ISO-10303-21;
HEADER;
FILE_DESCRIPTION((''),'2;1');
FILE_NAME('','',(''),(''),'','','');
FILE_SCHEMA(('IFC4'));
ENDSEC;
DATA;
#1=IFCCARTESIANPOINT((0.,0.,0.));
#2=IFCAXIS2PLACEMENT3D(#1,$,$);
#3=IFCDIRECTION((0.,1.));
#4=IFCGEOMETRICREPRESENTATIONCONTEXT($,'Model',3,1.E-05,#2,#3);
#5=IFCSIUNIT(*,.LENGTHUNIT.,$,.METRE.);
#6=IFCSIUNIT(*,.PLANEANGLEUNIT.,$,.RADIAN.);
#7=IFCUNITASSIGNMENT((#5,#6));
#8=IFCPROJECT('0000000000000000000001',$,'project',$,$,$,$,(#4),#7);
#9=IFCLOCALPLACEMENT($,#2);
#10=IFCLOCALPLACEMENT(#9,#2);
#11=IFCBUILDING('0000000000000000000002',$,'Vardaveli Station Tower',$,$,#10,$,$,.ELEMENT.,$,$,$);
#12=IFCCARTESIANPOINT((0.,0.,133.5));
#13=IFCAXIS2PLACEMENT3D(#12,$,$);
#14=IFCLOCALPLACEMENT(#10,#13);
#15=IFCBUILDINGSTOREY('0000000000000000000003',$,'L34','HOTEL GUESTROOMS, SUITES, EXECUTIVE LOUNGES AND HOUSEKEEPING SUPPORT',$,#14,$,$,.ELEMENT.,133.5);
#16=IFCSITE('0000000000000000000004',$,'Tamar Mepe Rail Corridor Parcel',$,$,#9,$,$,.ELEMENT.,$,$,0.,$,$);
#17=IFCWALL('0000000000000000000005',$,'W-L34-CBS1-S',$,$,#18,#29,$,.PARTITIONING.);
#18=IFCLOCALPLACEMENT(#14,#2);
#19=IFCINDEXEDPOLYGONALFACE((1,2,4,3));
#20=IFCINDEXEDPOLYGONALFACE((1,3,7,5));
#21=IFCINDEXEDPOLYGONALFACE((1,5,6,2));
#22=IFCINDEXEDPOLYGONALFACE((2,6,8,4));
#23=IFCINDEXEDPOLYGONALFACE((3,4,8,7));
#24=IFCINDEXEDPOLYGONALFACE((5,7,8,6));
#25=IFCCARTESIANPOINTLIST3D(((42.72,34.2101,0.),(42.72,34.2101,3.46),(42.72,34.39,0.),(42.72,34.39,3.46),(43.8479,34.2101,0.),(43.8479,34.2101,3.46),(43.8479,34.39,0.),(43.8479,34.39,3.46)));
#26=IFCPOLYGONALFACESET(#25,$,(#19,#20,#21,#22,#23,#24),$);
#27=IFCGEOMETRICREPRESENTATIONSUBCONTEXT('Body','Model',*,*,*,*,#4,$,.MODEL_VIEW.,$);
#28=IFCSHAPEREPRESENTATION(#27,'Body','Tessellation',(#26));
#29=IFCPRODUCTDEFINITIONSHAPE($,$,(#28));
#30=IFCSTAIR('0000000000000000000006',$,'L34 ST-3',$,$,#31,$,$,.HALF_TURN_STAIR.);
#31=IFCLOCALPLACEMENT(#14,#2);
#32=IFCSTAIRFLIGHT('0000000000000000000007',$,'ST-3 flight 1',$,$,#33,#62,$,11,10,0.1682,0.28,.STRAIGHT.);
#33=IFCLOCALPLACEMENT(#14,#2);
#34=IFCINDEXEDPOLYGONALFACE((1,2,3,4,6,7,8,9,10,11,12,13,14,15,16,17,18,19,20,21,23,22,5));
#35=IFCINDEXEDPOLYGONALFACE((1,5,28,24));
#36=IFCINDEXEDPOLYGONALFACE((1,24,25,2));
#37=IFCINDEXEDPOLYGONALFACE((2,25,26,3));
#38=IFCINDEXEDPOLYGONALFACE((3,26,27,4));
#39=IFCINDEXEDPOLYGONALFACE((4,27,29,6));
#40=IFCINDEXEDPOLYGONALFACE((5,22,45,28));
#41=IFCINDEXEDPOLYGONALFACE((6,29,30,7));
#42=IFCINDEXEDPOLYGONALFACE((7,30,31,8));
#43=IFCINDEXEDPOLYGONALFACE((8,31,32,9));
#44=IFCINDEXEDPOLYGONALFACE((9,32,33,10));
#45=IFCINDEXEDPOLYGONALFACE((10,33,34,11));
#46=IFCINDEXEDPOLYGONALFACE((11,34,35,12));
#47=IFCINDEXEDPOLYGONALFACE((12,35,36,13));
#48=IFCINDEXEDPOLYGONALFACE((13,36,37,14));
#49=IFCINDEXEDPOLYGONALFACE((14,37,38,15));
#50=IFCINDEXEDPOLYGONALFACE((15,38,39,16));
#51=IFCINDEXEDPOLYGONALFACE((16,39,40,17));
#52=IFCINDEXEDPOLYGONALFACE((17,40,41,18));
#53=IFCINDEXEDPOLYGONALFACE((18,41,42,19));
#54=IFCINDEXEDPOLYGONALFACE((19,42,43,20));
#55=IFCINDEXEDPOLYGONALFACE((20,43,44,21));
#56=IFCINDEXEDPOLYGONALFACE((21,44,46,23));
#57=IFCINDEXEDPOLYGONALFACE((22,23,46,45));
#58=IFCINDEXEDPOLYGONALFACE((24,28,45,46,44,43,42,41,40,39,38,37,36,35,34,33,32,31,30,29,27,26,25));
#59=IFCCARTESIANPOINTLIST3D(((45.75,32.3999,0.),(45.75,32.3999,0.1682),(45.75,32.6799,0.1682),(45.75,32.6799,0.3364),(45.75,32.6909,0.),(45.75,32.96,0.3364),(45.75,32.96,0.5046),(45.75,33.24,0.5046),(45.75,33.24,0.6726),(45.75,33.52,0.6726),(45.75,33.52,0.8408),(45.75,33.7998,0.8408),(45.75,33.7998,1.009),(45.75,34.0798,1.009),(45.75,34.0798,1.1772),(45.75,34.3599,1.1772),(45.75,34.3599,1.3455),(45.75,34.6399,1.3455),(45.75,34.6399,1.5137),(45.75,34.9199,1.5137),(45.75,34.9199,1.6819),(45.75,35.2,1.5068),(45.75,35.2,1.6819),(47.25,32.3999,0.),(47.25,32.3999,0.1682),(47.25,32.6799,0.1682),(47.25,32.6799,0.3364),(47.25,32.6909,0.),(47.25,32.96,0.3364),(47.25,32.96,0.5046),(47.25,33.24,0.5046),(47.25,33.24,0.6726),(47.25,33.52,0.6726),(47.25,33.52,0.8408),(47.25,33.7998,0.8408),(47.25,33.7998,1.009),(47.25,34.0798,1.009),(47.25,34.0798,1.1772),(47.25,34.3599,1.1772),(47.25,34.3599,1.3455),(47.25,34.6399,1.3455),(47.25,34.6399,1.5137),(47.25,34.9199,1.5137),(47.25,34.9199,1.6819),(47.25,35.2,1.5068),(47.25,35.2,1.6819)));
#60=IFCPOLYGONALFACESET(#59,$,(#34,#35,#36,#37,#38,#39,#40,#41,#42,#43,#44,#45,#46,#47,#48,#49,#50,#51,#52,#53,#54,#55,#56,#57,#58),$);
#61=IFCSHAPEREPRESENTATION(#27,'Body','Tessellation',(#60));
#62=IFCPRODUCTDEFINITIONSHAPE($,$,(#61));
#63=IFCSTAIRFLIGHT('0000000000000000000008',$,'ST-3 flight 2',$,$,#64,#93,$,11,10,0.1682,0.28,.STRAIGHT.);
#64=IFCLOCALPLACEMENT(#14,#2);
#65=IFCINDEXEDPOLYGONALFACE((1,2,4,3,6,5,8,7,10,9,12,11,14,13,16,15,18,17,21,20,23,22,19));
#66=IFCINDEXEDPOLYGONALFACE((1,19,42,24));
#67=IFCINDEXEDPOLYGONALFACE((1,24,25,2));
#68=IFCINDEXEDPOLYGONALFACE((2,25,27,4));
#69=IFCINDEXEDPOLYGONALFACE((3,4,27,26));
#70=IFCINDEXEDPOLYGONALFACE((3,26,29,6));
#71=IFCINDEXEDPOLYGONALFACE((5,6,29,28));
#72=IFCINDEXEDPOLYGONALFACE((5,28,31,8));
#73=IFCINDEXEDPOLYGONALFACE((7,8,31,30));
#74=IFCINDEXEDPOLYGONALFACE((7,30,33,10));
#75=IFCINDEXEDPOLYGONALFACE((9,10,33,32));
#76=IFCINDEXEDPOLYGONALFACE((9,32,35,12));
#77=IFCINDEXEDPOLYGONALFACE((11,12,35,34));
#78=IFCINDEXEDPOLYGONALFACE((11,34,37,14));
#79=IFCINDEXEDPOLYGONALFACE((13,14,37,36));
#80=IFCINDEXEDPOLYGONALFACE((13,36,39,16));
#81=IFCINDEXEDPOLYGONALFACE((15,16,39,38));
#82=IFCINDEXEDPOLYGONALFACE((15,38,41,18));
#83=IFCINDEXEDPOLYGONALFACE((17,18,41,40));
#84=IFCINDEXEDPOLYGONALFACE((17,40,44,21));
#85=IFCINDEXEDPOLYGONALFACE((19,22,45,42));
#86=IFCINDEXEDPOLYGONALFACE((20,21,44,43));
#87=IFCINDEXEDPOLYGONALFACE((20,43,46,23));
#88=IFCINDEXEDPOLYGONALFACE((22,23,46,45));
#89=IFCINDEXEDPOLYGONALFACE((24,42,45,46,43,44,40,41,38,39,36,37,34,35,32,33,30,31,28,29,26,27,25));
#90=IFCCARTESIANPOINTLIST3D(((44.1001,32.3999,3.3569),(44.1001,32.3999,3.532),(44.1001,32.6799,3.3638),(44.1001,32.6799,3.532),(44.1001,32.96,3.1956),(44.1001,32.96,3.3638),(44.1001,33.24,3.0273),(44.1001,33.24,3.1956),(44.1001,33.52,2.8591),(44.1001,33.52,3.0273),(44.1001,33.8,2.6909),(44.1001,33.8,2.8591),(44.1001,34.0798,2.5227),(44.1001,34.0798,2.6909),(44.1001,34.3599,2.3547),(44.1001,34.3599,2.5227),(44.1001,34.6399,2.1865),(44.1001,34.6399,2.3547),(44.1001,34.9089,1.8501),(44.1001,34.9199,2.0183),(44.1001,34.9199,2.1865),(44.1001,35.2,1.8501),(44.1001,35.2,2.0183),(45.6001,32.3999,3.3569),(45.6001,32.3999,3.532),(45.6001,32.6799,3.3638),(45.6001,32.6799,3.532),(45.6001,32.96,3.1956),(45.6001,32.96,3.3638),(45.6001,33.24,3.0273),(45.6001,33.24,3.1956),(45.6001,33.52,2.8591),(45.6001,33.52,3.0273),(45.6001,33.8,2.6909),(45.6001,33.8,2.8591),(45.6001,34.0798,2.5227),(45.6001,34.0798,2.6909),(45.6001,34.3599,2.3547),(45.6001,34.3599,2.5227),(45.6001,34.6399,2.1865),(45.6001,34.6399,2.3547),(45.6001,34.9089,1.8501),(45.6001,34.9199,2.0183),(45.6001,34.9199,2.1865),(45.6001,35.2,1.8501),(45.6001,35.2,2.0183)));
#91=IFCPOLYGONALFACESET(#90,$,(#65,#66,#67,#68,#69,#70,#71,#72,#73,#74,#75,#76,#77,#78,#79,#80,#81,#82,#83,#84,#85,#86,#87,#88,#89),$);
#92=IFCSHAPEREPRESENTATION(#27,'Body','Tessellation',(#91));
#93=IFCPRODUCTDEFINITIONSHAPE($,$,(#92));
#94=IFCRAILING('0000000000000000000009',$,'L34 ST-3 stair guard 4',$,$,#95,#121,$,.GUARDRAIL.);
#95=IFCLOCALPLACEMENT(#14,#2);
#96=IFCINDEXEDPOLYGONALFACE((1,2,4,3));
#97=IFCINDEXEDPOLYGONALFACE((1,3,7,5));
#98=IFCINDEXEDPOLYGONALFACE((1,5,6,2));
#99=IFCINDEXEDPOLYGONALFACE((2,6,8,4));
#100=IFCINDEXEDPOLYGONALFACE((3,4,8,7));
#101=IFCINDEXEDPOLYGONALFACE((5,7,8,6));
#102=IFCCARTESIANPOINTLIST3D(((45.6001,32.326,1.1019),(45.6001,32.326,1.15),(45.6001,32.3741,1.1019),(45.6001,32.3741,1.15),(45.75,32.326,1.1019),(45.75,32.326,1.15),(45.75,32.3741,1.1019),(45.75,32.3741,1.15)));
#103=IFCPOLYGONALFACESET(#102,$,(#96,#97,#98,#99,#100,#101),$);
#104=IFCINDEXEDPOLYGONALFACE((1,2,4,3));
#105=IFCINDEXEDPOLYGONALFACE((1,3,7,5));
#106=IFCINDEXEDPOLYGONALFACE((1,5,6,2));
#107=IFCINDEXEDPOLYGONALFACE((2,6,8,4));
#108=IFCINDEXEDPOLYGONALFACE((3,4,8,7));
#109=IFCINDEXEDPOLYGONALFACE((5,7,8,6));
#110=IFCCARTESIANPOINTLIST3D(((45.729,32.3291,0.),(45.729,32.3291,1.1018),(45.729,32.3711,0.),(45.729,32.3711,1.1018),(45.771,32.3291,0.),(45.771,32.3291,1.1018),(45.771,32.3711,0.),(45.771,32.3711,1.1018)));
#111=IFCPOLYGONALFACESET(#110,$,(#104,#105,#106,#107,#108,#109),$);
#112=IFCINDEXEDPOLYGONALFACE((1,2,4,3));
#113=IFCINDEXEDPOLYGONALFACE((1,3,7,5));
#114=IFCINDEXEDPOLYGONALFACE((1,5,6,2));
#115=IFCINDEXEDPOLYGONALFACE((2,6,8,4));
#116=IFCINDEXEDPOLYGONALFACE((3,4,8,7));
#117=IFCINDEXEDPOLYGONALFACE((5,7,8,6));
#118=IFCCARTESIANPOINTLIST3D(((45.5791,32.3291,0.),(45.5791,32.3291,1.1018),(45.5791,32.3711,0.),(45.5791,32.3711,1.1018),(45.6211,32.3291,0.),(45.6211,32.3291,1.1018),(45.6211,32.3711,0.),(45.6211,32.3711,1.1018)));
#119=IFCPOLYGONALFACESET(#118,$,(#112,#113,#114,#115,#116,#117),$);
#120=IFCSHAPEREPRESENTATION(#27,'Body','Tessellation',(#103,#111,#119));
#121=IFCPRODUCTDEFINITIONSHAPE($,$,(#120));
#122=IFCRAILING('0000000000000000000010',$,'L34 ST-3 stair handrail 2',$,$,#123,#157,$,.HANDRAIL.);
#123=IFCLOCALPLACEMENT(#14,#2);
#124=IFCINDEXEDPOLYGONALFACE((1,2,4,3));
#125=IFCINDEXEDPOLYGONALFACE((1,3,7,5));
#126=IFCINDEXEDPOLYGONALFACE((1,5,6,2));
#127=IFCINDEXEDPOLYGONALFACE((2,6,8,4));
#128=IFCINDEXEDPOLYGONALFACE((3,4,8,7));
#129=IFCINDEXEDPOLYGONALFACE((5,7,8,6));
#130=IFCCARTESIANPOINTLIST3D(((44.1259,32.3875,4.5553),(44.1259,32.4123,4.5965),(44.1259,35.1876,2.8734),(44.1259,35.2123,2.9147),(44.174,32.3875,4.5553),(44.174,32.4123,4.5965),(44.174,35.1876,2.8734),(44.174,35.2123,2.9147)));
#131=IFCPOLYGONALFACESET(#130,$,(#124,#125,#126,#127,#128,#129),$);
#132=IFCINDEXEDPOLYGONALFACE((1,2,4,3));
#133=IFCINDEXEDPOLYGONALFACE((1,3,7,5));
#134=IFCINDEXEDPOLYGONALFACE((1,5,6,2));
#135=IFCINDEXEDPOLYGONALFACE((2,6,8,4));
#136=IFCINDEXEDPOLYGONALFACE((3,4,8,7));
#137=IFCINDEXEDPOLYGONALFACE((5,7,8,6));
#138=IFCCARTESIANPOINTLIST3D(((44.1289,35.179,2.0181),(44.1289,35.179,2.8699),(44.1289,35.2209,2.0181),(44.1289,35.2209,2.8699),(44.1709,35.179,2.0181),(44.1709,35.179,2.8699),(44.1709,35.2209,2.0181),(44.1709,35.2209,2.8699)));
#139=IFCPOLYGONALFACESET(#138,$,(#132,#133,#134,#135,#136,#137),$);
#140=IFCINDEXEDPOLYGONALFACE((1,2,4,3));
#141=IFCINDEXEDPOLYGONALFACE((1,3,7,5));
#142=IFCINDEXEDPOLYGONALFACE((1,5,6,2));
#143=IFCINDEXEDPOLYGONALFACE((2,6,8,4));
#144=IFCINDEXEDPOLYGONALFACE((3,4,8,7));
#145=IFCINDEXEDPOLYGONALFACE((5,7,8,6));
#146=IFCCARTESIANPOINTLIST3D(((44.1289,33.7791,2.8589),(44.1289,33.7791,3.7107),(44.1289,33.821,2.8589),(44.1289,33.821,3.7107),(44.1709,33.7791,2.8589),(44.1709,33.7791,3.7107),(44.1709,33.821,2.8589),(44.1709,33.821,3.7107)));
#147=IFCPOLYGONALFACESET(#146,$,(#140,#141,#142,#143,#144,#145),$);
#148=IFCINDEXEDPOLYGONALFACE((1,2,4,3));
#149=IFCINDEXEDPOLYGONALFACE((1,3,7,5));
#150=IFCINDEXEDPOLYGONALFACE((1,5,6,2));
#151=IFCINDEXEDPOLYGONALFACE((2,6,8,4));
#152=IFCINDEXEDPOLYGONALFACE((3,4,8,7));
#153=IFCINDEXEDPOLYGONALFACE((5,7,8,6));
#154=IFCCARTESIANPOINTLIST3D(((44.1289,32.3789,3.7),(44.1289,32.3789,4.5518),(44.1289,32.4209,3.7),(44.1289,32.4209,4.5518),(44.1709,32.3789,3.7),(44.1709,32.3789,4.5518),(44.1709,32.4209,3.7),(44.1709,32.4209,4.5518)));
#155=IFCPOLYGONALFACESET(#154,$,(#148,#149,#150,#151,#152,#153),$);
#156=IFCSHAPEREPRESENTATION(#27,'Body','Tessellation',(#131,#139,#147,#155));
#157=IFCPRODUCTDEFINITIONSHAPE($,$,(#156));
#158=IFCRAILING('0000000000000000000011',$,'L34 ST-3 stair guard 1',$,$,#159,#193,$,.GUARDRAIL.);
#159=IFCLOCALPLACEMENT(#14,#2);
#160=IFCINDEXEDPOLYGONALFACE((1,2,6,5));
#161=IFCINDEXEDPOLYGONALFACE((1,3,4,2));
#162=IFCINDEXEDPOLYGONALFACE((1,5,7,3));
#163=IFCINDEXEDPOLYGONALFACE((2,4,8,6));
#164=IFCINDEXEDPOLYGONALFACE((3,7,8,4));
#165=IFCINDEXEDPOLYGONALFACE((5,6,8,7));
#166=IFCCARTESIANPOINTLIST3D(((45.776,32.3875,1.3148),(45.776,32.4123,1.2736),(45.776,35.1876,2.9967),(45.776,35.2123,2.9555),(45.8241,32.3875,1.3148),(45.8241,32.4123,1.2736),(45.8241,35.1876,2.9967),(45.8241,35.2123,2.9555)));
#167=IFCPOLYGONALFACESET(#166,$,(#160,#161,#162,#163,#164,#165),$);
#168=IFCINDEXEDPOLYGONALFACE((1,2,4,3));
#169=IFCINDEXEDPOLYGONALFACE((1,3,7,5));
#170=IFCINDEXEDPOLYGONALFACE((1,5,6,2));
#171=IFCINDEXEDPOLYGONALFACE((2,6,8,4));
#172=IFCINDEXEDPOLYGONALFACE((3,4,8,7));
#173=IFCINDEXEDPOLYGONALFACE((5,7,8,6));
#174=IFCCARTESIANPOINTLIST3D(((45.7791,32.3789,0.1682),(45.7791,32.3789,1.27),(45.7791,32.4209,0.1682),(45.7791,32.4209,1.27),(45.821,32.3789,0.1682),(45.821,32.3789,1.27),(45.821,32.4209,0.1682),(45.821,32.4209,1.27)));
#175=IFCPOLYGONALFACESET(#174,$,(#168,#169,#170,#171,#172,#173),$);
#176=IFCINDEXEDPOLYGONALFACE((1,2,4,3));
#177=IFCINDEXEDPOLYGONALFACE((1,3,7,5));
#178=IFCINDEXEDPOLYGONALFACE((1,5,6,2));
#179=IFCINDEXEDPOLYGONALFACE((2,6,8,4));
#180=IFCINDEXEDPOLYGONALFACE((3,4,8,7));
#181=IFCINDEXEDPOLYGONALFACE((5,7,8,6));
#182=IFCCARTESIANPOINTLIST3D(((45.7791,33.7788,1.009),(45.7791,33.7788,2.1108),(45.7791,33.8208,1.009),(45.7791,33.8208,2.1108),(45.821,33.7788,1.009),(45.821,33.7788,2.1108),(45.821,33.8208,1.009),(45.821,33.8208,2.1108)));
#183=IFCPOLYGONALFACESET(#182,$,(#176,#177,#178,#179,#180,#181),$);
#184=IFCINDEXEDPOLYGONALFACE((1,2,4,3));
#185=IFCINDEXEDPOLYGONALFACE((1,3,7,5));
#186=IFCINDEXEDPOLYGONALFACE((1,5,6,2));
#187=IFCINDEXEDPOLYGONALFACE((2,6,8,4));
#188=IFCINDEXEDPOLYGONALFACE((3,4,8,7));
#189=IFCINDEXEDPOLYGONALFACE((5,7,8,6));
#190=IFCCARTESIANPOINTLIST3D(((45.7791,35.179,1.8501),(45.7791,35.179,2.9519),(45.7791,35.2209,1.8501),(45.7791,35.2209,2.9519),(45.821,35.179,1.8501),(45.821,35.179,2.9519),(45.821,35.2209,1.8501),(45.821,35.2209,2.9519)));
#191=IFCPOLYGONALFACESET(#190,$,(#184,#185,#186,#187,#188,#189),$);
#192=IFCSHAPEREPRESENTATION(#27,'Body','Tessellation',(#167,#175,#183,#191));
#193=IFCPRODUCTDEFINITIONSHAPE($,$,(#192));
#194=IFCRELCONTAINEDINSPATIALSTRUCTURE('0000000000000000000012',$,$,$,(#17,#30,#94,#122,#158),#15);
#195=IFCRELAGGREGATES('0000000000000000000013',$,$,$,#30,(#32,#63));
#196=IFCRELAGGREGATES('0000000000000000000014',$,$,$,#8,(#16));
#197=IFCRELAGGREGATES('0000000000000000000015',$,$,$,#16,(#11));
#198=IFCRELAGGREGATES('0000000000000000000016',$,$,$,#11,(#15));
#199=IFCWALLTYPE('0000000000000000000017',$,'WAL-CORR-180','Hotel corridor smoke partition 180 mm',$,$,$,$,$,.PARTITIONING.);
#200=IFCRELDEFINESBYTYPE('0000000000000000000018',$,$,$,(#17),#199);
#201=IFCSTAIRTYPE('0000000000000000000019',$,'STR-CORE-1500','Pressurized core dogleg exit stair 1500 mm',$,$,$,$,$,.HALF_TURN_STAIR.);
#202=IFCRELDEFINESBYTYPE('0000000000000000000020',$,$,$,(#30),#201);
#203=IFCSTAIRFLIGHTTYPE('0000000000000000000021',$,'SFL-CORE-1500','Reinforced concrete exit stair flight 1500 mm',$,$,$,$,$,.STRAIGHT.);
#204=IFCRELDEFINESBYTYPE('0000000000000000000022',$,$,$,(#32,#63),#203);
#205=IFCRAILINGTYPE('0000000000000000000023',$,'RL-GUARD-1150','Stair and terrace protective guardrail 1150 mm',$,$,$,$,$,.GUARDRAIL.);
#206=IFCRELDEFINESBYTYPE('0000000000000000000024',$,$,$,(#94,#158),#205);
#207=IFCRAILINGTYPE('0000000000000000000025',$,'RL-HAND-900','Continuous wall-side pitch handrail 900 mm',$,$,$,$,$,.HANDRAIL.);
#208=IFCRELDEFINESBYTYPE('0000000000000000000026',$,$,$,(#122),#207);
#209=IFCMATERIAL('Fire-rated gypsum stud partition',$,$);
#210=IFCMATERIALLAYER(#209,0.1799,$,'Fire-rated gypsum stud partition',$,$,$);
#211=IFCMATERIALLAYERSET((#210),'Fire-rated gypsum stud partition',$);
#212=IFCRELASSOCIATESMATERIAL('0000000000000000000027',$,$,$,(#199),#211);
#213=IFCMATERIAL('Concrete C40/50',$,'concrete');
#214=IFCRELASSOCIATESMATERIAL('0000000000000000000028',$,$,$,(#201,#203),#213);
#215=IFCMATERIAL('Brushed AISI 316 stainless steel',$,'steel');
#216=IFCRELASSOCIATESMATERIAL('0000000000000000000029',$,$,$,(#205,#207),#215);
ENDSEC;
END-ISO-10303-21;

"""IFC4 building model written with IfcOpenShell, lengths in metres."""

from ifc_helpers import new_model, si_unit, direction, frame, frame_2d, origin, origin_2d, place, context, subcontext, project, spatial, polyline, rectangle, outline, extrude, source, transform, mapped, material, layer, layer_set, type_object, element, aggregate, save


model = new_model("IFC4")

# Units and contexts
model_context = context("Model", 3, precision=1e-05, world=origin(), true_north=direction((0.0, 1.0)))
body_context = subcontext(model_context, "Body", "Model", "MODEL_VIEW")
ifc_project = project(units=[si_unit("LENGTHUNIT", "METRE"), si_unit("PLANEANGLEUNIT", "RADIAN")], contexts=[model_context])

# Site, building, storey
site_placement = place(None, origin())
site = spatial("IfcSite", under=ifc_project, at=site_placement, Name="Tamar Mepe Rail Corridor Parcel", CompositionType="ELEMENT", RefElevation=0.0)
building_placement = place(site_placement, origin())
building = spatial("IfcBuilding", under=site, at=building_placement, Name="Vardaveli Station Tower", CompositionType="ELEMENT")
storey_placement = place(building_placement, frame((0.0, 0.0, 133.5)))
storey = spatial("IfcBuildingStorey", under=building, at=storey_placement, Name="L34", Description="HOTEL GUESTROOMS, SUITES, EXECUTIVE LOUNGES AND HOUSEKEEPING SUPPORT", CompositionType="ELEMENT", Elevation=133.5)

# Shared definitions
ifc_material_1 = material(Name="Concrete C40/50", Category="concrete")

# Shared definitions
ifc_material_2 = material(Name="Fire-rated gypsum stud partition")
ifc_layer_1 = layer(ifc_material_2, 0.1799, Name="Fire-rated gypsum stud partition")
ifc_layer_set_1 = layer_set([ifc_layer_1], Name="Fire-rated gypsum stud partition")
wall_type_1 = type_object("IfcWallType", Name="WAL-CORR-180", Description="Hotel corridor smoke partition 180 mm", PredefinedType="PARTITIONING", material=ifc_layer_set_1)

# Wall
shared_shape_1 = source(origin(), body_context, "Body", "SweptSolid", [
    extrude(rectangle(XDim=1.1279, YDim=0.1799, at=frame_2d((0.564, 0.0))), origin(), (0.0, 0.0, 1.0), 3.46),
])
wall_1_placement = place(storey_placement, frame((42.72, 34.3, 0.0), z_axis=(0.0, 0.0, 1.0), x_axis=(1.0, 0.0, 0.0)))
element("IfcWall", 1, at=wall_1_placement, inside=storey, type_object=wall_type_1, Name="W-L34-CBS1-S", PredefinedType="PARTITIONING", context=body_context, shape_type="MappedRepresentation", body=[
    mapped(shared_shape_1, transform((0.0, 0.0, 0.0), scale=1.0)),
])

# Stair, stair flights
stair_type = type_object("IfcStairType", Name="STR-CORE-1500", Description="Pressurized core dogleg exit stair 1500 mm", PredefinedType="HALF_TURN_STAIR", material=ifc_material_1)
stair_placement = place(storey_placement, origin())
stair = element("IfcStair", 2, at=stair_placement, inside=storey, type_object=stair_type, Name="L34 ST-3", PredefinedType="HALF_TURN_STAIR")
stair_flight_type = type_object("IfcStairFlightType", Name="SFL-CORE-1500", Description="Reinforced concrete exit stair flight 1500 mm", PredefinedType="STRAIGHT", material=ifc_material_1)
shared_shape_2 = source(origin(), body_context, "Body", "SweptSolid", [
    extrude(outline(polyline([(0.0, 0.0), (0.0, 0.1682), (0.28, 0.1682), (0.28, 0.3364), (0.5601, 0.3364), (0.5601, 0.5046), (0.8401, 0.5046), (0.8401, 0.6726), (1.1201, 0.6726), (1.1201, 0.8408), (1.3999, 0.8408), (1.3999, 1.009), (1.6799, 1.009), (1.6799, 1.1772), (1.96, 1.1772), (1.96, 1.3455), (2.24, 1.3455), (2.24, 1.5137), (2.52, 1.5137), (2.52, 1.6819), (2.8, 1.6819), (2.8, 1.8501), (2.8, 1.5068), (0.291, 0.0), (0.0, 0.0)])), frame((0.0, 0.75, 0.0), z_axis=(0.0, -1.0, 0.0), x_axis=(1.0, 0.0, 0.0)), (0.0, 0.0, 1.0), 1.5),
])
stair_flight_1_placement = place(storey_placement, frame((46.5, 32.3999, 0.0), z_axis=(0.0, 0.0, 1.0), x_axis=(0.0, 1.0, 0.0)))
stair_flight_1 = element("IfcStairFlight", 3, at=stair_flight_1_placement, type_object=stair_flight_type, Name="ST-3 flight 1", NumberOfRisers=11, NumberOfTreads=10, PredefinedType="STRAIGHT", RiserHeight=0.1682, TreadLength=0.28, context=body_context, shape_type="MappedRepresentation", body=[
    mapped(shared_shape_2, transform((0.0, 0.0, 0.0), scale=1.0)),
])
stair_flight_2_placement = place(storey_placement, frame((44.8501, 35.2, 1.8501), z_axis=(0.0, 0.0, 1.0), x_axis=(0.0, -1.0, 0.0)))
stair_flight_2 = element("IfcStairFlight", 4, at=stair_flight_2_placement, type_object=stair_flight_type, Name="ST-3 flight 2", NumberOfRisers=11, NumberOfTreads=10, PredefinedType="STRAIGHT", RiserHeight=0.1682, TreadLength=0.28, context=body_context, shape_type="MappedRepresentation", body=[
    mapped(shared_shape_2, transform((0.0, 0.0, 0.0), scale=1.0)),
])
aggregate(stair, [stair_flight_1, stair_flight_2])

# Railings
ifc_material_3 = material(Name="Brushed AISI 316 stainless steel", Category="steel")
railing_type_1 = type_object("IfcRailingType", Name="RL-GUARD-1150", Description="Stair and terrace protective guardrail 1150 mm", PredefinedType="GUARDRAIL", material=ifc_material_3)
shared_shape_3 = source(origin(), body_context, "Body", "SweptSolid", [
    extrude(rectangle(XDim=0.0481, YDim=0.0481, at=origin_2d()), frame((0.0, 0.0, 1.126), z_axis=(-1.0, 0.0, 0.0), x_axis=(0.0, -1.0, 0.0)), (0.0, 0.0, 1.0), 0.1499),
    extrude(rectangle(XDim=0.042, YDim=0.042, at=origin_2d()), origin(), (0.0, 0.0, 1.0), 1.1018),
    extrude(rectangle(XDim=0.042, YDim=0.042, at=origin_2d()), frame((-0.1499, 0.0, 0.0)), (0.0, 0.0, 1.0), 1.1018),
])
railing_1_placement = place(storey_placement, frame((45.75, 32.3501, 0.0)))
element("IfcRailing", 5, at=railing_1_placement, inside=storey, type_object=railing_type_1, Name="L34 ST-3 stair guard 4", PredefinedType="GUARDRAIL", context=body_context, shape_type="MappedRepresentation", body=[
    mapped(shared_shape_3, transform((0.0, 0.0, 0.0), scale=1.0)),
])
railing_type_2 = type_object("IfcRailingType", Name="RL-HAND-900", Description="Continuous wall-side pitch handrail 900 mm", PredefinedType="HANDRAIL", material=ifc_material_3)
shared_shape_4 = source(origin(), body_context, "Body", "SweptSolid", [
    extrude(rectangle(XDim=0.0481, YDim=0.0481, at=origin_2d()), frame((0.0, 0.0, 0.876), z_axis=(0.0, -0.857242, 0.514913), x_axis=(1.0, 0.0, 0.0)), (0.0, 0.0, 1.0), 3.2664),
    extrude(rectangle(XDim=0.042, YDim=0.042, at=origin_2d()), origin(), (0.0, 0.0, 1.0), 0.8518),
    extrude(rectangle(XDim=0.042, YDim=0.042, at=origin_2d()), frame((0.0, -1.3999, 0.8408)), (0.0, 0.0, 1.0), 0.8518),
    extrude(rectangle(XDim=0.042, YDim=0.042, at=origin_2d()), frame((0.0, -2.8, 1.6819)), (0.0, 0.0, 1.0), 0.8518),
])
railing_2_placement = place(storey_placement, frame((44.1499, 35.2, 2.0181)))
element("IfcRailing", 6, at=railing_2_placement, inside=storey, type_object=railing_type_2, Name="L34 ST-3 stair handrail 2", PredefinedType="HANDRAIL", context=body_context, shape_type="MappedRepresentation", body=[
    mapped(shared_shape_4, transform((0.0, 0.0, 0.0), scale=1.0)),
])
shared_shape_5 = source(origin(), body_context, "Body", "SweptSolid", [
    extrude(rectangle(XDim=0.0481, YDim=0.0481, at=origin_2d()), frame((0.0, 0.0, 1.126), z_axis=(0.0, 0.857242, 0.514913), x_axis=(-1.0, 0.0, 0.0)), (0.0, 0.0, 1.0), 3.2664),
    extrude(rectangle(XDim=0.042, YDim=0.042, at=origin_2d()), origin(), (0.0, 0.0, 1.0), 1.1018),
    extrude(rectangle(XDim=0.042, YDim=0.042, at=origin_2d()), frame((0.0, 1.3999, 0.8408)), (0.0, 0.0, 1.0), 1.1018),
    extrude(rectangle(XDim=0.042, YDim=0.042, at=origin_2d()), frame((0.0, 2.8, 1.6819)), (0.0, 0.0, 1.0), 1.1018),
])
railing_3_placement = place(storey_placement, frame((45.8, 32.3999, 0.1682)))
element("IfcRailing", 7, at=railing_3_placement, inside=storey, type_object=railing_type_1, Name="L34 ST-3 stair guard 1", PredefinedType="GUARDRAIL", context=body_context, shape_type="MappedRepresentation", body=[
    mapped(shared_shape_5, transform((0.0, 0.0, 0.0), scale=1.0)),
])

save(model, "model.ifc")
